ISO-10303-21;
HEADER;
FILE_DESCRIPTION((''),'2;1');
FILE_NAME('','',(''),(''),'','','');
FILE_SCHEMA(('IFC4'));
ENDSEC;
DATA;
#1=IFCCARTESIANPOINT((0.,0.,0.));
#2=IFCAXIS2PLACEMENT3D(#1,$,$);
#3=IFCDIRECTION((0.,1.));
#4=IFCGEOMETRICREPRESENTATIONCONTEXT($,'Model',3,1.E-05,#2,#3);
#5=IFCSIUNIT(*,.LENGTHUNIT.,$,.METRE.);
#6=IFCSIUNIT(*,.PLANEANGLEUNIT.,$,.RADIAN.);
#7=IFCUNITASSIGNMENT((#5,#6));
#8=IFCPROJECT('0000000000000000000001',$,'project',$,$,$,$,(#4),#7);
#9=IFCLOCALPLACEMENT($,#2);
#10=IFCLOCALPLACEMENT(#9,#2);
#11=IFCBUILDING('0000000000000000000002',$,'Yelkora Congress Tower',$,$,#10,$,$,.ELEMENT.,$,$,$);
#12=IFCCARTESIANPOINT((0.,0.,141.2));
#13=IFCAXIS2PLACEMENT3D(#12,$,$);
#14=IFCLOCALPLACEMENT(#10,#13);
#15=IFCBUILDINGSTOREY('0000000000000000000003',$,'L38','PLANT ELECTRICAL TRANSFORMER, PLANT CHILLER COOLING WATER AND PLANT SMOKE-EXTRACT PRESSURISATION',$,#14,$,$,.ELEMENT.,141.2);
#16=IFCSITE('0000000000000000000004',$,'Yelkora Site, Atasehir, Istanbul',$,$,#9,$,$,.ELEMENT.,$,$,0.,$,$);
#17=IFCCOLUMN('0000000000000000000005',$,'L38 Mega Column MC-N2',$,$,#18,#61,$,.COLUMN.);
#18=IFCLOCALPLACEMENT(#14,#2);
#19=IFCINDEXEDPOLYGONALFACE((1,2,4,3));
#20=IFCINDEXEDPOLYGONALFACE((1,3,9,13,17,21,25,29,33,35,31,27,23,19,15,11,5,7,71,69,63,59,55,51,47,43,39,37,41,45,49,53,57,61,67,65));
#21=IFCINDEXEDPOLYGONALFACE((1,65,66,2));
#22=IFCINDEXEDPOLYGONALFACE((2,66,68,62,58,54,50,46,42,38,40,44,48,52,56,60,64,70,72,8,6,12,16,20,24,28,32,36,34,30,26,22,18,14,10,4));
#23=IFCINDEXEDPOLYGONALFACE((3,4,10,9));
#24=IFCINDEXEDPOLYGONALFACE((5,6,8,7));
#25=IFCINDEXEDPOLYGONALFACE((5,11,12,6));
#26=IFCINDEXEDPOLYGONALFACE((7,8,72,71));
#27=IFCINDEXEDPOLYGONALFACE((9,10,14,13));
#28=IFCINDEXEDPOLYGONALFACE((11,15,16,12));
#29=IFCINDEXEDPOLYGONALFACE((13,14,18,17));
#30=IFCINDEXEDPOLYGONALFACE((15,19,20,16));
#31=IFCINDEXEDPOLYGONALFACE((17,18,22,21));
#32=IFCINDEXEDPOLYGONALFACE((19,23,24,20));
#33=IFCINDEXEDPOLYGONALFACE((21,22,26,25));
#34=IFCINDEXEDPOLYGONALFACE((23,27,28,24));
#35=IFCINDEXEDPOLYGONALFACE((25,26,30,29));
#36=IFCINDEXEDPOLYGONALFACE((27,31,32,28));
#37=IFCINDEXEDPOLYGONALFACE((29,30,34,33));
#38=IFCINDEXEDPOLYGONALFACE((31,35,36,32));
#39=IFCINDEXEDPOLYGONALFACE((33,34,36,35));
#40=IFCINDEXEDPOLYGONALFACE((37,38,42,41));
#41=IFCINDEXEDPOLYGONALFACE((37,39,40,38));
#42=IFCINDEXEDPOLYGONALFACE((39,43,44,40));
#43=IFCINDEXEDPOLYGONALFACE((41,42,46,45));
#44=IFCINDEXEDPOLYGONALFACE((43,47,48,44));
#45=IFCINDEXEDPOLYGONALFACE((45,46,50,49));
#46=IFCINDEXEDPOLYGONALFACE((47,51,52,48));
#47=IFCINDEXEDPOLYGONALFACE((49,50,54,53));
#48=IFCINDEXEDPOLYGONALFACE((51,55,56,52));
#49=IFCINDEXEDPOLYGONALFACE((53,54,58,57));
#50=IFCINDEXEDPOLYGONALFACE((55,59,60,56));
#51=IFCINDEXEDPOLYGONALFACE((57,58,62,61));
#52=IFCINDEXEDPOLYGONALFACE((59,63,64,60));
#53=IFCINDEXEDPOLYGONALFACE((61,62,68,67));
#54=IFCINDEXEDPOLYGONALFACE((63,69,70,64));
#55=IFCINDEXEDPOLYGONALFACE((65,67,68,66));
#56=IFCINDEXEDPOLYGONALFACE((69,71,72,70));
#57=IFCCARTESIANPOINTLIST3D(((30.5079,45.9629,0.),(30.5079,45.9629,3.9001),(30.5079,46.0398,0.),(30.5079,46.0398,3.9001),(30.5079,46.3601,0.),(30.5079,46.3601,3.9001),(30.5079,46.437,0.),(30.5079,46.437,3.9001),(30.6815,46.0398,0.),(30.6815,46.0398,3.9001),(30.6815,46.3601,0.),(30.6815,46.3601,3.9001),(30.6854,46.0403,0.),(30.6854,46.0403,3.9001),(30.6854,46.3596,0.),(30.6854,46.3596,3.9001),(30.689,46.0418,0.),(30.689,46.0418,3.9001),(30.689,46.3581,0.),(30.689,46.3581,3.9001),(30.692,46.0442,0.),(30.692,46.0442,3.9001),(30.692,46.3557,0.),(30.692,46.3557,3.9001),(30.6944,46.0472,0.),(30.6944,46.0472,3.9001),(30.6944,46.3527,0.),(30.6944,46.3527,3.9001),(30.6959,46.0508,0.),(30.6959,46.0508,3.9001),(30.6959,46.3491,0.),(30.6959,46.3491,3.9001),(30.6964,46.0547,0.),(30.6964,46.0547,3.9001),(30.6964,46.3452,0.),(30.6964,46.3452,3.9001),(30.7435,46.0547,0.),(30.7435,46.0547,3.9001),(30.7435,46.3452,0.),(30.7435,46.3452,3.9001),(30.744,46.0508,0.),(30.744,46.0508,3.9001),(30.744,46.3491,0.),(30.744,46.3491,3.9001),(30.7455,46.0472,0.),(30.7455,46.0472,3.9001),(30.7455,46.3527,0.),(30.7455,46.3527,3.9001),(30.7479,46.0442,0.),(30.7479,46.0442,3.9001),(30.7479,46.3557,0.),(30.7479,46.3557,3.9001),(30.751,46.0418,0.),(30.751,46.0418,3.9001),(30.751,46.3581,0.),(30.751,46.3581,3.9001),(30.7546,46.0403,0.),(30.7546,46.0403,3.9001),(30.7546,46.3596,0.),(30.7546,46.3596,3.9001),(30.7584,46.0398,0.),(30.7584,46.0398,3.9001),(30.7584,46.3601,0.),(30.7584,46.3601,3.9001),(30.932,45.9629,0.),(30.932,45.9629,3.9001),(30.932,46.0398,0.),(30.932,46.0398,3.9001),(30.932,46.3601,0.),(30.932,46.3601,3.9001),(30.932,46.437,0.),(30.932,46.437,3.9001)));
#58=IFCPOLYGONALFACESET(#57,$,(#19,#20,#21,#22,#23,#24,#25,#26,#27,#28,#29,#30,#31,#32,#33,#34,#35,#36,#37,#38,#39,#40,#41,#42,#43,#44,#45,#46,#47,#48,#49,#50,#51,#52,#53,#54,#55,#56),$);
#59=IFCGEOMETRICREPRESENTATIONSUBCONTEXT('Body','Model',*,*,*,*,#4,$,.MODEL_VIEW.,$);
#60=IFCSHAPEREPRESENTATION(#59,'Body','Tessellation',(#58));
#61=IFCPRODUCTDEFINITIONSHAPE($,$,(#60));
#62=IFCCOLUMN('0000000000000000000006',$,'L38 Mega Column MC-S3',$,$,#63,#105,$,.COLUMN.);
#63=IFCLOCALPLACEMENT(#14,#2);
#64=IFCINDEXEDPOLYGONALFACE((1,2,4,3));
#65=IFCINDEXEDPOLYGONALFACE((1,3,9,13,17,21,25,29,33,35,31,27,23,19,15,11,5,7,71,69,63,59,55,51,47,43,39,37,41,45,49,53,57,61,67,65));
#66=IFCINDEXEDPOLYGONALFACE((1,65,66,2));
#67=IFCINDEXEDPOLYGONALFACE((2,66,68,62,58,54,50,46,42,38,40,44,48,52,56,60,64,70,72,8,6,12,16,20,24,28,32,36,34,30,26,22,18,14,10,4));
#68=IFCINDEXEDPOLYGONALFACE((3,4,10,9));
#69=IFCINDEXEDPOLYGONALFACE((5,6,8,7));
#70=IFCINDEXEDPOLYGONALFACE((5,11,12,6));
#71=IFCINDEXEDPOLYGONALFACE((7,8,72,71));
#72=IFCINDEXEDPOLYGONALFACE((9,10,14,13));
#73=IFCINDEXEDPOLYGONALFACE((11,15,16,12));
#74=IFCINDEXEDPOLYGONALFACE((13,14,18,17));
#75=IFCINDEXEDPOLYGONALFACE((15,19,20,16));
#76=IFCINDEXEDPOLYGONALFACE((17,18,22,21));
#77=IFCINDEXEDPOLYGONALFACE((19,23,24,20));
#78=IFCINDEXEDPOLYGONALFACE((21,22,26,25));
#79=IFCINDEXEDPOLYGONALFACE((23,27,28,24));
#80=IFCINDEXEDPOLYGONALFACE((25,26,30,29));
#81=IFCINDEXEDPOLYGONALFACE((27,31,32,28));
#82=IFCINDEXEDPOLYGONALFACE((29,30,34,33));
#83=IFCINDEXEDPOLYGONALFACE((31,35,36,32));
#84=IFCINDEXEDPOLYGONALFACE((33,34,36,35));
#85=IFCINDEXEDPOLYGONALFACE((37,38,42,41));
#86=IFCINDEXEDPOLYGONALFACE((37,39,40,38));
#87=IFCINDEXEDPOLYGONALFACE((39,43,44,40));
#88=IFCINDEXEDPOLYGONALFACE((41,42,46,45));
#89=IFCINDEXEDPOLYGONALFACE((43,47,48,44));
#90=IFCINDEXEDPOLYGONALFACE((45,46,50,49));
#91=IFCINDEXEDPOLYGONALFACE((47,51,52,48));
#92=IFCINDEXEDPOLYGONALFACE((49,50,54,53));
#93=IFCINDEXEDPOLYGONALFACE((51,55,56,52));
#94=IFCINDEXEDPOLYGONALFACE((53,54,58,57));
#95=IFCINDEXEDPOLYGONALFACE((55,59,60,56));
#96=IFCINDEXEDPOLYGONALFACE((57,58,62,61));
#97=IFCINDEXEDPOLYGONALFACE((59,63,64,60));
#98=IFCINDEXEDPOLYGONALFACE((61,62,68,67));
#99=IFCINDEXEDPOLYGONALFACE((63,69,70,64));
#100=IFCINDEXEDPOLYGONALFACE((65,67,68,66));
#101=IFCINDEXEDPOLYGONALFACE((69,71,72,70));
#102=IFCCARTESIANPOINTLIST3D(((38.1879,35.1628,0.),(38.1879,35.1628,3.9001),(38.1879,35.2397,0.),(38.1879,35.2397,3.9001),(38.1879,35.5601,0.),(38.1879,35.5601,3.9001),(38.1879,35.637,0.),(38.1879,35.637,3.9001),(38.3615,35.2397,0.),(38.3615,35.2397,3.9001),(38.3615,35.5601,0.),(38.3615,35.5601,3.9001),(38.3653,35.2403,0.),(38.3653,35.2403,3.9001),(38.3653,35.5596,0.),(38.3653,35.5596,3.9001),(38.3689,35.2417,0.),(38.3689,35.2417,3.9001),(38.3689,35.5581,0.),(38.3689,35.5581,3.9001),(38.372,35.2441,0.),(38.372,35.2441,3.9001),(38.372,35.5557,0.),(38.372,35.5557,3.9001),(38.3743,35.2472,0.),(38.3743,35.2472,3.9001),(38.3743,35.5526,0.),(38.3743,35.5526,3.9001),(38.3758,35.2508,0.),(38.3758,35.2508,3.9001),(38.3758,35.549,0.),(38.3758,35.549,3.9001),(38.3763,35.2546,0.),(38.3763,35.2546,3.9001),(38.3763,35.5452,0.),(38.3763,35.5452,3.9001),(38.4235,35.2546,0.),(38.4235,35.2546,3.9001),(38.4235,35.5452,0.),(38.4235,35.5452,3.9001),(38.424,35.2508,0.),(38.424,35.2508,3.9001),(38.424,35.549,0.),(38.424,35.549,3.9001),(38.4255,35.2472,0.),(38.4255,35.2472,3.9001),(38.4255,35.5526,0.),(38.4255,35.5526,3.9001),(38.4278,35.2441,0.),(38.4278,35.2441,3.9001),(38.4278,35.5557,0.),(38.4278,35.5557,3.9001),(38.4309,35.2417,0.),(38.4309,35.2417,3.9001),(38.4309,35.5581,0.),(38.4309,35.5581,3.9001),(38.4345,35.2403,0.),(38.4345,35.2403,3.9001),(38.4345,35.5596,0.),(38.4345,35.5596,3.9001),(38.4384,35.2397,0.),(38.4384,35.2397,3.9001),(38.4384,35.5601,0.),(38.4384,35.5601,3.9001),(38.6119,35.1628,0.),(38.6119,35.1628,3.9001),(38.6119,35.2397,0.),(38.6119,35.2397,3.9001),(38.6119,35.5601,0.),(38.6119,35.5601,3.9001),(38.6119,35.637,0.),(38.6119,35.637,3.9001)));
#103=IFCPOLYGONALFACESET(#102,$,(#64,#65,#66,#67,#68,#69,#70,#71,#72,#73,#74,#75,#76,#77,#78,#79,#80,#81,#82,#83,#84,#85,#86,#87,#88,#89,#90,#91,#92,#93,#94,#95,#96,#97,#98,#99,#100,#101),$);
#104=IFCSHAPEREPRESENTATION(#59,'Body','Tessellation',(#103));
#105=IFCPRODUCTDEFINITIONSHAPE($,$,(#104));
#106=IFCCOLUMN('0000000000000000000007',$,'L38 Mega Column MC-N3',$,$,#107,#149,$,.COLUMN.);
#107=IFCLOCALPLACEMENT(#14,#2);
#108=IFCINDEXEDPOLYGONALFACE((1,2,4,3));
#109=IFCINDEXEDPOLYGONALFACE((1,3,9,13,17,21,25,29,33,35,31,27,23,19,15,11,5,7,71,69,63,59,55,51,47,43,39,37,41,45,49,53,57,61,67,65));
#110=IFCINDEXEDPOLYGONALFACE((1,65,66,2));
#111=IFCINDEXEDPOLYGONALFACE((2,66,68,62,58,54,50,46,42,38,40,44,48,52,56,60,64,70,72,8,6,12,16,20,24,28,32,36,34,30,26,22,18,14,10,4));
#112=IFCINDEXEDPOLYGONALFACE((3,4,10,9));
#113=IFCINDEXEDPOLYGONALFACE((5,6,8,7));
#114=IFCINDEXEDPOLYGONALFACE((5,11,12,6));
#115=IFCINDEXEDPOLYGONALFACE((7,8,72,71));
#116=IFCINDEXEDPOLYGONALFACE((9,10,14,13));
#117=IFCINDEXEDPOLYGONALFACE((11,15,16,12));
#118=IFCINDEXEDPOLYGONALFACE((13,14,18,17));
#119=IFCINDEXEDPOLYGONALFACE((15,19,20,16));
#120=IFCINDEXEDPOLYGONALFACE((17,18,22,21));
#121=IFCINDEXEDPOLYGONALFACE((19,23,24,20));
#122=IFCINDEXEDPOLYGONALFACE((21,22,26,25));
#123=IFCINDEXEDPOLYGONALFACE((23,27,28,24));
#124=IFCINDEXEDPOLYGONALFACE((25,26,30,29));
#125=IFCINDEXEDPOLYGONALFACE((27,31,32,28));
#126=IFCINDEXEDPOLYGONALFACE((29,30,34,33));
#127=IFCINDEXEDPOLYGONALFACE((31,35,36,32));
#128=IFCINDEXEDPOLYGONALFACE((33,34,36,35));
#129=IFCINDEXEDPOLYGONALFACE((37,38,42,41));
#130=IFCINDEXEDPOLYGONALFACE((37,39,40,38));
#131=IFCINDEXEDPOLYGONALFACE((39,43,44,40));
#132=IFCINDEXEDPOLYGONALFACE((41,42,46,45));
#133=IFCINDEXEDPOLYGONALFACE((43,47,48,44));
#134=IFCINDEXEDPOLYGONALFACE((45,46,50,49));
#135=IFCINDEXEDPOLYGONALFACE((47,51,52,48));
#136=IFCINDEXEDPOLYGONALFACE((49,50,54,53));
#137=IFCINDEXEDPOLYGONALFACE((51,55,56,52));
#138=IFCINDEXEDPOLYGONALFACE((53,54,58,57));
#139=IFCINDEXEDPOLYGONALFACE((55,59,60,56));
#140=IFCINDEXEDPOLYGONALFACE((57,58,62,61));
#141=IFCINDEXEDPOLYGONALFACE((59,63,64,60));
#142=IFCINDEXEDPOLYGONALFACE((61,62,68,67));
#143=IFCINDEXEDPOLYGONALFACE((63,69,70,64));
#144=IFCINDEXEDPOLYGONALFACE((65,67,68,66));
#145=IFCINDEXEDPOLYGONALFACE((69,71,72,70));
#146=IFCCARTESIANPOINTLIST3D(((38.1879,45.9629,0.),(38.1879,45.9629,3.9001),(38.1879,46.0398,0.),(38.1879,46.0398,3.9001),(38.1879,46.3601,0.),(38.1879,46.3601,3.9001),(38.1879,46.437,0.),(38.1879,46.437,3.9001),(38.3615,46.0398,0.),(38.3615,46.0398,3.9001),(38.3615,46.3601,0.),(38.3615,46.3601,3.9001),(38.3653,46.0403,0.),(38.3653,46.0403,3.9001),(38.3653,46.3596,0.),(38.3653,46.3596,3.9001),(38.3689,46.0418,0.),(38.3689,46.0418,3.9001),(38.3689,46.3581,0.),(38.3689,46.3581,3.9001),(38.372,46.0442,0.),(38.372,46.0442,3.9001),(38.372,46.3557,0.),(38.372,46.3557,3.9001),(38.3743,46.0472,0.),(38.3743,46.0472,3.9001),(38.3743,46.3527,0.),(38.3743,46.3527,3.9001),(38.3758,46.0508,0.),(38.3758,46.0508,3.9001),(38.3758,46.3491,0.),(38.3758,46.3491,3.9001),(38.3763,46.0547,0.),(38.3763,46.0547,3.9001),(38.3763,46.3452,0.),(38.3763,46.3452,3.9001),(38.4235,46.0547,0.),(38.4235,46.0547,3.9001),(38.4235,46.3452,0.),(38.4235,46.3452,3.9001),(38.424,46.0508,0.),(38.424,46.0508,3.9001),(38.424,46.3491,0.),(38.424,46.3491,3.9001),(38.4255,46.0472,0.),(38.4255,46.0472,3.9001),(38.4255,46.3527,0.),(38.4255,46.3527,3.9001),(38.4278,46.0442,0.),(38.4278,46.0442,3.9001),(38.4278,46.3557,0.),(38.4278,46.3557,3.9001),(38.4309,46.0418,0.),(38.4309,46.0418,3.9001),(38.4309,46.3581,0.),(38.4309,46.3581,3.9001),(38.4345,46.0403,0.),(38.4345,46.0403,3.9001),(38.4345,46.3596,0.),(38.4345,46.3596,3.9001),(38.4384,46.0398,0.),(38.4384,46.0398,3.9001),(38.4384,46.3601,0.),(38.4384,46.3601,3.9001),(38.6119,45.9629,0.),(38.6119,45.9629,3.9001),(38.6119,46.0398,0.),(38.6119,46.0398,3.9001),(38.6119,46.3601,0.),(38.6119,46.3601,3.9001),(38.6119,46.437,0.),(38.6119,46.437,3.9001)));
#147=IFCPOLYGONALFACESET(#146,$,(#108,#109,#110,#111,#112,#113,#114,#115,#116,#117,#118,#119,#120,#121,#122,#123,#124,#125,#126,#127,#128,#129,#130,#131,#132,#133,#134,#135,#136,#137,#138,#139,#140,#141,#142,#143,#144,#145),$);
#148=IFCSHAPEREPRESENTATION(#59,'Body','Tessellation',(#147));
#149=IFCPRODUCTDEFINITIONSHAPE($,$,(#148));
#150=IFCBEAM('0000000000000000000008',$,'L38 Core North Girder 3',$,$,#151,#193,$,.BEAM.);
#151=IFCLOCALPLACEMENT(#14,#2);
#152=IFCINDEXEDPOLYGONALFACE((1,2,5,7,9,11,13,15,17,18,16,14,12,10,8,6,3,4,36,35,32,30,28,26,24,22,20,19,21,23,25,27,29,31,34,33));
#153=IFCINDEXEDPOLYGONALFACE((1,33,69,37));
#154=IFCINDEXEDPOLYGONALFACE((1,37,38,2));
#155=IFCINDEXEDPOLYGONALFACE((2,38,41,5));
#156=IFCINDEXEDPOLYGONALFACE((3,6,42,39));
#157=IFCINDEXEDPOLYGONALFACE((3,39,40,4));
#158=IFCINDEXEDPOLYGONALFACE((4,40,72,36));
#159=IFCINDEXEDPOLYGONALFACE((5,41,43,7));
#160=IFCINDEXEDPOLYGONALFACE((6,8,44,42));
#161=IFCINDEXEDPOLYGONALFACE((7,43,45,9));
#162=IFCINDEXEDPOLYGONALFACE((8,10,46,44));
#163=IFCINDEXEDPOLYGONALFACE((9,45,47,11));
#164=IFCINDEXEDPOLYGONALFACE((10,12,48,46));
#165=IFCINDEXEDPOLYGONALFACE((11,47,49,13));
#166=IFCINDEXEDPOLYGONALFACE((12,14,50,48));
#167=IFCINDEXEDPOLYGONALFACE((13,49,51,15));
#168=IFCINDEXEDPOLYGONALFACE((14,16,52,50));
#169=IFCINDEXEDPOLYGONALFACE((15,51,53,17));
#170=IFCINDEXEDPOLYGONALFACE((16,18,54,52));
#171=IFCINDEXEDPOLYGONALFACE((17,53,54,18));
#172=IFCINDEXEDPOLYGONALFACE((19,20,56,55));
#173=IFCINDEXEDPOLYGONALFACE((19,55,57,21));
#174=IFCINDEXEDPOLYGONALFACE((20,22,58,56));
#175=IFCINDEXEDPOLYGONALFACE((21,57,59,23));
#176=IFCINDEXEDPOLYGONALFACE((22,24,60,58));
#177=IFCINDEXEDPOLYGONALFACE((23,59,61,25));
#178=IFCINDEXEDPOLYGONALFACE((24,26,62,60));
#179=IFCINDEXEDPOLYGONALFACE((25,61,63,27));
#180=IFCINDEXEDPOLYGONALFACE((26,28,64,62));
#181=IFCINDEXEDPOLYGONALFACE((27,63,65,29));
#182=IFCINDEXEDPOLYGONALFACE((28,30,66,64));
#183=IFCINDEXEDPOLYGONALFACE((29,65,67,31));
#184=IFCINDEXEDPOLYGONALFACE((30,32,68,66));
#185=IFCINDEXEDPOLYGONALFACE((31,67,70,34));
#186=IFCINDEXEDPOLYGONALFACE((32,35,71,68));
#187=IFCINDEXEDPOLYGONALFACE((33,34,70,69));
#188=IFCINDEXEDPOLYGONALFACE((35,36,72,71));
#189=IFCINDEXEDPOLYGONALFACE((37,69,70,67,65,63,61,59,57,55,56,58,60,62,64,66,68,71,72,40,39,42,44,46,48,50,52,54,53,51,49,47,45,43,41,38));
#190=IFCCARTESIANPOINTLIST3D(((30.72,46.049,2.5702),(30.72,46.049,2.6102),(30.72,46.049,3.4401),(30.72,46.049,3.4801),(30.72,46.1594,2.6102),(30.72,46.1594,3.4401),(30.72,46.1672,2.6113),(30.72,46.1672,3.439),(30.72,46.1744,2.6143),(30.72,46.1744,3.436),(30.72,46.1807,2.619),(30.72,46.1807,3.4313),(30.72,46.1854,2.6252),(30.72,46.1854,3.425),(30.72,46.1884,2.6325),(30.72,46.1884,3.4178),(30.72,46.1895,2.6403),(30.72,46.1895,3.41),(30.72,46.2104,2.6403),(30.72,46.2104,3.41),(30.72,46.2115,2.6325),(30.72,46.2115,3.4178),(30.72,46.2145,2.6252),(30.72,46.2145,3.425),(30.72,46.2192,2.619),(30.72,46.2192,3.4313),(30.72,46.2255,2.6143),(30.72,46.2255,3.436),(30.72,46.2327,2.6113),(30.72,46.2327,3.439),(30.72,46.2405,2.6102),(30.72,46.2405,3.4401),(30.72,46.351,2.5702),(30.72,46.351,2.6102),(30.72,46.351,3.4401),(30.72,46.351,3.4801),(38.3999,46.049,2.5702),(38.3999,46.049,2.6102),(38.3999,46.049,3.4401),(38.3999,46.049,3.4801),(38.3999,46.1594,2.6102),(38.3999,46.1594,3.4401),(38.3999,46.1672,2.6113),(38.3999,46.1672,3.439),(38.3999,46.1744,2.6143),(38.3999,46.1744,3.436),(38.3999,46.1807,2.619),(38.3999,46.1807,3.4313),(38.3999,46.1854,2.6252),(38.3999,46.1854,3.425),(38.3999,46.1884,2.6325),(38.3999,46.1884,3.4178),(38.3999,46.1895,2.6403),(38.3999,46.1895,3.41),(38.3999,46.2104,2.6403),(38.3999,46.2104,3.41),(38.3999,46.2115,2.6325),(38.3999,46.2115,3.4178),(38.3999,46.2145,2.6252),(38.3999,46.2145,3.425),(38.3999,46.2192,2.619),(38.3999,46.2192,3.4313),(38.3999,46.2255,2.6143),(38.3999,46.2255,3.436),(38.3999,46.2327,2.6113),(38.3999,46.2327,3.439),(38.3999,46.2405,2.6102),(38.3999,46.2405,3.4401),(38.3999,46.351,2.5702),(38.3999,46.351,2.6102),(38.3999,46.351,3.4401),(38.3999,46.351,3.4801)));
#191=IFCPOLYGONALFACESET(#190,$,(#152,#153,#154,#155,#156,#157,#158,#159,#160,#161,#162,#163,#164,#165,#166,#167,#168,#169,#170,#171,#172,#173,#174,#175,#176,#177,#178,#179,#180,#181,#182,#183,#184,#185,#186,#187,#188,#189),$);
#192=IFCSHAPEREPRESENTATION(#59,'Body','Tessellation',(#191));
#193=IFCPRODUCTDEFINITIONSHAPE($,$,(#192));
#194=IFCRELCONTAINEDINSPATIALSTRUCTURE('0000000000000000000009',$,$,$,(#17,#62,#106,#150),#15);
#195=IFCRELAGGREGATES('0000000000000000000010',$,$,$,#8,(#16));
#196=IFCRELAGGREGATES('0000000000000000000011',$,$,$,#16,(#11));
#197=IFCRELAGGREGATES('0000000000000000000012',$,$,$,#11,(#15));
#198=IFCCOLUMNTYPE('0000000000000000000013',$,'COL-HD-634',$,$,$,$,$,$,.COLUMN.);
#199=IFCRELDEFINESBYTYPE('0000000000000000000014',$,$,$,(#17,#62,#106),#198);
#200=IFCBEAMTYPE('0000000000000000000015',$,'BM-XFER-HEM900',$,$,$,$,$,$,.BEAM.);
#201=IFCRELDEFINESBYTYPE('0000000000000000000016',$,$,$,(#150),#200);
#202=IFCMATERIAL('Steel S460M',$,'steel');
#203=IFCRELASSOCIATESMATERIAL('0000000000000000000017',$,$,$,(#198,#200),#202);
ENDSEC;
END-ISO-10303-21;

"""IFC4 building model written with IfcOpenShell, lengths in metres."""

from ifc_helpers import new_model, si_unit, direction, frame, origin, origin_2d, place, context, subcontext, project, spatial, i_section, extrude, material, material_profile, profile_set, type_object, element, save


model = new_model("IFC4")

# Units and contexts
model_context = context("Model", 3, precision=1e-05, world=origin(), true_north=direction((0.0, 1.0)))
body_context = subcontext(model_context, "Body", "Model", "MODEL_VIEW")
ifc_project = project(units=[si_unit("LENGTHUNIT", "METRE"), si_unit("PLANEANGLEUNIT", "RADIAN")], contexts=[model_context])

# Site, building, storey
site_placement = place(None, origin())
site = spatial("IfcSite", under=ifc_project, at=site_placement, Name="Yelkora Site, Atasehir, Istanbul", CompositionType="ELEMENT", RefElevation=0.0)
building_placement = place(site_placement, origin())
building = spatial("IfcBuilding", under=site, at=building_placement, Name="Yelkora Congress Tower", CompositionType="ELEMENT")
storey_placement = place(building_placement, frame((0.0, 0.0, 141.2)))
storey = spatial("IfcBuildingStorey", under=building, at=storey_placement, Name="L38", Description="PLANT ELECTRICAL TRANSFORMER, PLANT CHILLER COOLING WATER AND PLANT SMOKE-EXTRACT PRESSURISATION", CompositionType="ELEMENT", Elevation=141.2)

# Columns
ifc_material_1 = material(Name="Steel S460M", Category="steel")
ifc_material_profile_1 = material_profile(ifc_material_1, i_section(OverallWidth=0.4241, OverallDepth=0.4741, WebThickness=0.0471, FlangeThickness=0.0769, FilletRadius=0.0149, at=origin_2d()), Name="HD 400x634")
ifc_profile_set_1 = profile_set([ifc_material_profile_1], Name="Steel S460M")
column_type = type_object("IfcColumnType", Name="COL-HD-634", PredefinedType="COLUMN", material=ifc_profile_set_1)
for number, where, z_axis, x_axis, name in (
    (1, (30.72, 46.2, 0.0), (0.0, 0.0, 1.0), (1.0, 0.0, 0.0), "L38 Mega Column MC-N2"),
    (2, (38.3999, 35.3999, 0.0), (0.0, 0.0, 1.0), (1.0, 0.0, 0.0), "L38 Mega Column MC-S3"),
    (3, (38.3999, 46.2, 0.0), (0.0, 0.0, 1.0), (1.0, 0.0, 0.0), "L38 Mega Column MC-N3"),
):
    element("IfcColumn", number, at=place(storey_placement, frame(where, z_axis=z_axis, x_axis=x_axis)), inside=storey, type_object=column_type, Name=name, PredefinedType="COLUMN", context=body_context, shape_type="SweptSolid", body=[
        extrude(i_section(OverallWidth=0.4241, OverallDepth=0.4741, WebThickness=0.0471, FlangeThickness=0.0769, FilletRadius=0.0149, at=origin_2d()), origin(), (0.0, 0.0, 1.0), 3.9001),
    ])

# Beam
ifc_material_profile_2 = material_profile(ifc_material_1, i_section(OverallWidth=0.302, OverallDepth=0.9099, WebThickness=0.021, FlangeThickness=0.04, FilletRadius=0.03, at=origin_2d()), Name="HEM 900")
ifc_profile_set_2 = profile_set([ifc_material_profile_2], Name="Steel S460M")
beam_type = type_object("IfcBeamType", Name="BM-XFER-HEM900", PredefinedType="BEAM", material=ifc_profile_set_2)
for number, where, z_axis, x_axis, name in (
    (4, (30.72, 46.2, 3.0251), (1.0, 0.0, 0.0), (0.0, 1.0, 0.0), "L38 Core North Girder 3"),
):
    element("IfcBeam", number, at=place(storey_placement, frame(where, z_axis=z_axis, x_axis=x_axis)), inside=storey, type_object=beam_type, Name=name, PredefinedType="BEAM", context=body_context, shape_type="SweptSolid", body=[
        extrude(i_section(OverallWidth=0.302, OverallDepth=0.9099, WebThickness=0.021, FlangeThickness=0.04, FilletRadius=0.03, at=origin_2d()), origin(), (0.0, 0.0, 1.0), 7.6799),
    ])

save(model, "model.ifc")
